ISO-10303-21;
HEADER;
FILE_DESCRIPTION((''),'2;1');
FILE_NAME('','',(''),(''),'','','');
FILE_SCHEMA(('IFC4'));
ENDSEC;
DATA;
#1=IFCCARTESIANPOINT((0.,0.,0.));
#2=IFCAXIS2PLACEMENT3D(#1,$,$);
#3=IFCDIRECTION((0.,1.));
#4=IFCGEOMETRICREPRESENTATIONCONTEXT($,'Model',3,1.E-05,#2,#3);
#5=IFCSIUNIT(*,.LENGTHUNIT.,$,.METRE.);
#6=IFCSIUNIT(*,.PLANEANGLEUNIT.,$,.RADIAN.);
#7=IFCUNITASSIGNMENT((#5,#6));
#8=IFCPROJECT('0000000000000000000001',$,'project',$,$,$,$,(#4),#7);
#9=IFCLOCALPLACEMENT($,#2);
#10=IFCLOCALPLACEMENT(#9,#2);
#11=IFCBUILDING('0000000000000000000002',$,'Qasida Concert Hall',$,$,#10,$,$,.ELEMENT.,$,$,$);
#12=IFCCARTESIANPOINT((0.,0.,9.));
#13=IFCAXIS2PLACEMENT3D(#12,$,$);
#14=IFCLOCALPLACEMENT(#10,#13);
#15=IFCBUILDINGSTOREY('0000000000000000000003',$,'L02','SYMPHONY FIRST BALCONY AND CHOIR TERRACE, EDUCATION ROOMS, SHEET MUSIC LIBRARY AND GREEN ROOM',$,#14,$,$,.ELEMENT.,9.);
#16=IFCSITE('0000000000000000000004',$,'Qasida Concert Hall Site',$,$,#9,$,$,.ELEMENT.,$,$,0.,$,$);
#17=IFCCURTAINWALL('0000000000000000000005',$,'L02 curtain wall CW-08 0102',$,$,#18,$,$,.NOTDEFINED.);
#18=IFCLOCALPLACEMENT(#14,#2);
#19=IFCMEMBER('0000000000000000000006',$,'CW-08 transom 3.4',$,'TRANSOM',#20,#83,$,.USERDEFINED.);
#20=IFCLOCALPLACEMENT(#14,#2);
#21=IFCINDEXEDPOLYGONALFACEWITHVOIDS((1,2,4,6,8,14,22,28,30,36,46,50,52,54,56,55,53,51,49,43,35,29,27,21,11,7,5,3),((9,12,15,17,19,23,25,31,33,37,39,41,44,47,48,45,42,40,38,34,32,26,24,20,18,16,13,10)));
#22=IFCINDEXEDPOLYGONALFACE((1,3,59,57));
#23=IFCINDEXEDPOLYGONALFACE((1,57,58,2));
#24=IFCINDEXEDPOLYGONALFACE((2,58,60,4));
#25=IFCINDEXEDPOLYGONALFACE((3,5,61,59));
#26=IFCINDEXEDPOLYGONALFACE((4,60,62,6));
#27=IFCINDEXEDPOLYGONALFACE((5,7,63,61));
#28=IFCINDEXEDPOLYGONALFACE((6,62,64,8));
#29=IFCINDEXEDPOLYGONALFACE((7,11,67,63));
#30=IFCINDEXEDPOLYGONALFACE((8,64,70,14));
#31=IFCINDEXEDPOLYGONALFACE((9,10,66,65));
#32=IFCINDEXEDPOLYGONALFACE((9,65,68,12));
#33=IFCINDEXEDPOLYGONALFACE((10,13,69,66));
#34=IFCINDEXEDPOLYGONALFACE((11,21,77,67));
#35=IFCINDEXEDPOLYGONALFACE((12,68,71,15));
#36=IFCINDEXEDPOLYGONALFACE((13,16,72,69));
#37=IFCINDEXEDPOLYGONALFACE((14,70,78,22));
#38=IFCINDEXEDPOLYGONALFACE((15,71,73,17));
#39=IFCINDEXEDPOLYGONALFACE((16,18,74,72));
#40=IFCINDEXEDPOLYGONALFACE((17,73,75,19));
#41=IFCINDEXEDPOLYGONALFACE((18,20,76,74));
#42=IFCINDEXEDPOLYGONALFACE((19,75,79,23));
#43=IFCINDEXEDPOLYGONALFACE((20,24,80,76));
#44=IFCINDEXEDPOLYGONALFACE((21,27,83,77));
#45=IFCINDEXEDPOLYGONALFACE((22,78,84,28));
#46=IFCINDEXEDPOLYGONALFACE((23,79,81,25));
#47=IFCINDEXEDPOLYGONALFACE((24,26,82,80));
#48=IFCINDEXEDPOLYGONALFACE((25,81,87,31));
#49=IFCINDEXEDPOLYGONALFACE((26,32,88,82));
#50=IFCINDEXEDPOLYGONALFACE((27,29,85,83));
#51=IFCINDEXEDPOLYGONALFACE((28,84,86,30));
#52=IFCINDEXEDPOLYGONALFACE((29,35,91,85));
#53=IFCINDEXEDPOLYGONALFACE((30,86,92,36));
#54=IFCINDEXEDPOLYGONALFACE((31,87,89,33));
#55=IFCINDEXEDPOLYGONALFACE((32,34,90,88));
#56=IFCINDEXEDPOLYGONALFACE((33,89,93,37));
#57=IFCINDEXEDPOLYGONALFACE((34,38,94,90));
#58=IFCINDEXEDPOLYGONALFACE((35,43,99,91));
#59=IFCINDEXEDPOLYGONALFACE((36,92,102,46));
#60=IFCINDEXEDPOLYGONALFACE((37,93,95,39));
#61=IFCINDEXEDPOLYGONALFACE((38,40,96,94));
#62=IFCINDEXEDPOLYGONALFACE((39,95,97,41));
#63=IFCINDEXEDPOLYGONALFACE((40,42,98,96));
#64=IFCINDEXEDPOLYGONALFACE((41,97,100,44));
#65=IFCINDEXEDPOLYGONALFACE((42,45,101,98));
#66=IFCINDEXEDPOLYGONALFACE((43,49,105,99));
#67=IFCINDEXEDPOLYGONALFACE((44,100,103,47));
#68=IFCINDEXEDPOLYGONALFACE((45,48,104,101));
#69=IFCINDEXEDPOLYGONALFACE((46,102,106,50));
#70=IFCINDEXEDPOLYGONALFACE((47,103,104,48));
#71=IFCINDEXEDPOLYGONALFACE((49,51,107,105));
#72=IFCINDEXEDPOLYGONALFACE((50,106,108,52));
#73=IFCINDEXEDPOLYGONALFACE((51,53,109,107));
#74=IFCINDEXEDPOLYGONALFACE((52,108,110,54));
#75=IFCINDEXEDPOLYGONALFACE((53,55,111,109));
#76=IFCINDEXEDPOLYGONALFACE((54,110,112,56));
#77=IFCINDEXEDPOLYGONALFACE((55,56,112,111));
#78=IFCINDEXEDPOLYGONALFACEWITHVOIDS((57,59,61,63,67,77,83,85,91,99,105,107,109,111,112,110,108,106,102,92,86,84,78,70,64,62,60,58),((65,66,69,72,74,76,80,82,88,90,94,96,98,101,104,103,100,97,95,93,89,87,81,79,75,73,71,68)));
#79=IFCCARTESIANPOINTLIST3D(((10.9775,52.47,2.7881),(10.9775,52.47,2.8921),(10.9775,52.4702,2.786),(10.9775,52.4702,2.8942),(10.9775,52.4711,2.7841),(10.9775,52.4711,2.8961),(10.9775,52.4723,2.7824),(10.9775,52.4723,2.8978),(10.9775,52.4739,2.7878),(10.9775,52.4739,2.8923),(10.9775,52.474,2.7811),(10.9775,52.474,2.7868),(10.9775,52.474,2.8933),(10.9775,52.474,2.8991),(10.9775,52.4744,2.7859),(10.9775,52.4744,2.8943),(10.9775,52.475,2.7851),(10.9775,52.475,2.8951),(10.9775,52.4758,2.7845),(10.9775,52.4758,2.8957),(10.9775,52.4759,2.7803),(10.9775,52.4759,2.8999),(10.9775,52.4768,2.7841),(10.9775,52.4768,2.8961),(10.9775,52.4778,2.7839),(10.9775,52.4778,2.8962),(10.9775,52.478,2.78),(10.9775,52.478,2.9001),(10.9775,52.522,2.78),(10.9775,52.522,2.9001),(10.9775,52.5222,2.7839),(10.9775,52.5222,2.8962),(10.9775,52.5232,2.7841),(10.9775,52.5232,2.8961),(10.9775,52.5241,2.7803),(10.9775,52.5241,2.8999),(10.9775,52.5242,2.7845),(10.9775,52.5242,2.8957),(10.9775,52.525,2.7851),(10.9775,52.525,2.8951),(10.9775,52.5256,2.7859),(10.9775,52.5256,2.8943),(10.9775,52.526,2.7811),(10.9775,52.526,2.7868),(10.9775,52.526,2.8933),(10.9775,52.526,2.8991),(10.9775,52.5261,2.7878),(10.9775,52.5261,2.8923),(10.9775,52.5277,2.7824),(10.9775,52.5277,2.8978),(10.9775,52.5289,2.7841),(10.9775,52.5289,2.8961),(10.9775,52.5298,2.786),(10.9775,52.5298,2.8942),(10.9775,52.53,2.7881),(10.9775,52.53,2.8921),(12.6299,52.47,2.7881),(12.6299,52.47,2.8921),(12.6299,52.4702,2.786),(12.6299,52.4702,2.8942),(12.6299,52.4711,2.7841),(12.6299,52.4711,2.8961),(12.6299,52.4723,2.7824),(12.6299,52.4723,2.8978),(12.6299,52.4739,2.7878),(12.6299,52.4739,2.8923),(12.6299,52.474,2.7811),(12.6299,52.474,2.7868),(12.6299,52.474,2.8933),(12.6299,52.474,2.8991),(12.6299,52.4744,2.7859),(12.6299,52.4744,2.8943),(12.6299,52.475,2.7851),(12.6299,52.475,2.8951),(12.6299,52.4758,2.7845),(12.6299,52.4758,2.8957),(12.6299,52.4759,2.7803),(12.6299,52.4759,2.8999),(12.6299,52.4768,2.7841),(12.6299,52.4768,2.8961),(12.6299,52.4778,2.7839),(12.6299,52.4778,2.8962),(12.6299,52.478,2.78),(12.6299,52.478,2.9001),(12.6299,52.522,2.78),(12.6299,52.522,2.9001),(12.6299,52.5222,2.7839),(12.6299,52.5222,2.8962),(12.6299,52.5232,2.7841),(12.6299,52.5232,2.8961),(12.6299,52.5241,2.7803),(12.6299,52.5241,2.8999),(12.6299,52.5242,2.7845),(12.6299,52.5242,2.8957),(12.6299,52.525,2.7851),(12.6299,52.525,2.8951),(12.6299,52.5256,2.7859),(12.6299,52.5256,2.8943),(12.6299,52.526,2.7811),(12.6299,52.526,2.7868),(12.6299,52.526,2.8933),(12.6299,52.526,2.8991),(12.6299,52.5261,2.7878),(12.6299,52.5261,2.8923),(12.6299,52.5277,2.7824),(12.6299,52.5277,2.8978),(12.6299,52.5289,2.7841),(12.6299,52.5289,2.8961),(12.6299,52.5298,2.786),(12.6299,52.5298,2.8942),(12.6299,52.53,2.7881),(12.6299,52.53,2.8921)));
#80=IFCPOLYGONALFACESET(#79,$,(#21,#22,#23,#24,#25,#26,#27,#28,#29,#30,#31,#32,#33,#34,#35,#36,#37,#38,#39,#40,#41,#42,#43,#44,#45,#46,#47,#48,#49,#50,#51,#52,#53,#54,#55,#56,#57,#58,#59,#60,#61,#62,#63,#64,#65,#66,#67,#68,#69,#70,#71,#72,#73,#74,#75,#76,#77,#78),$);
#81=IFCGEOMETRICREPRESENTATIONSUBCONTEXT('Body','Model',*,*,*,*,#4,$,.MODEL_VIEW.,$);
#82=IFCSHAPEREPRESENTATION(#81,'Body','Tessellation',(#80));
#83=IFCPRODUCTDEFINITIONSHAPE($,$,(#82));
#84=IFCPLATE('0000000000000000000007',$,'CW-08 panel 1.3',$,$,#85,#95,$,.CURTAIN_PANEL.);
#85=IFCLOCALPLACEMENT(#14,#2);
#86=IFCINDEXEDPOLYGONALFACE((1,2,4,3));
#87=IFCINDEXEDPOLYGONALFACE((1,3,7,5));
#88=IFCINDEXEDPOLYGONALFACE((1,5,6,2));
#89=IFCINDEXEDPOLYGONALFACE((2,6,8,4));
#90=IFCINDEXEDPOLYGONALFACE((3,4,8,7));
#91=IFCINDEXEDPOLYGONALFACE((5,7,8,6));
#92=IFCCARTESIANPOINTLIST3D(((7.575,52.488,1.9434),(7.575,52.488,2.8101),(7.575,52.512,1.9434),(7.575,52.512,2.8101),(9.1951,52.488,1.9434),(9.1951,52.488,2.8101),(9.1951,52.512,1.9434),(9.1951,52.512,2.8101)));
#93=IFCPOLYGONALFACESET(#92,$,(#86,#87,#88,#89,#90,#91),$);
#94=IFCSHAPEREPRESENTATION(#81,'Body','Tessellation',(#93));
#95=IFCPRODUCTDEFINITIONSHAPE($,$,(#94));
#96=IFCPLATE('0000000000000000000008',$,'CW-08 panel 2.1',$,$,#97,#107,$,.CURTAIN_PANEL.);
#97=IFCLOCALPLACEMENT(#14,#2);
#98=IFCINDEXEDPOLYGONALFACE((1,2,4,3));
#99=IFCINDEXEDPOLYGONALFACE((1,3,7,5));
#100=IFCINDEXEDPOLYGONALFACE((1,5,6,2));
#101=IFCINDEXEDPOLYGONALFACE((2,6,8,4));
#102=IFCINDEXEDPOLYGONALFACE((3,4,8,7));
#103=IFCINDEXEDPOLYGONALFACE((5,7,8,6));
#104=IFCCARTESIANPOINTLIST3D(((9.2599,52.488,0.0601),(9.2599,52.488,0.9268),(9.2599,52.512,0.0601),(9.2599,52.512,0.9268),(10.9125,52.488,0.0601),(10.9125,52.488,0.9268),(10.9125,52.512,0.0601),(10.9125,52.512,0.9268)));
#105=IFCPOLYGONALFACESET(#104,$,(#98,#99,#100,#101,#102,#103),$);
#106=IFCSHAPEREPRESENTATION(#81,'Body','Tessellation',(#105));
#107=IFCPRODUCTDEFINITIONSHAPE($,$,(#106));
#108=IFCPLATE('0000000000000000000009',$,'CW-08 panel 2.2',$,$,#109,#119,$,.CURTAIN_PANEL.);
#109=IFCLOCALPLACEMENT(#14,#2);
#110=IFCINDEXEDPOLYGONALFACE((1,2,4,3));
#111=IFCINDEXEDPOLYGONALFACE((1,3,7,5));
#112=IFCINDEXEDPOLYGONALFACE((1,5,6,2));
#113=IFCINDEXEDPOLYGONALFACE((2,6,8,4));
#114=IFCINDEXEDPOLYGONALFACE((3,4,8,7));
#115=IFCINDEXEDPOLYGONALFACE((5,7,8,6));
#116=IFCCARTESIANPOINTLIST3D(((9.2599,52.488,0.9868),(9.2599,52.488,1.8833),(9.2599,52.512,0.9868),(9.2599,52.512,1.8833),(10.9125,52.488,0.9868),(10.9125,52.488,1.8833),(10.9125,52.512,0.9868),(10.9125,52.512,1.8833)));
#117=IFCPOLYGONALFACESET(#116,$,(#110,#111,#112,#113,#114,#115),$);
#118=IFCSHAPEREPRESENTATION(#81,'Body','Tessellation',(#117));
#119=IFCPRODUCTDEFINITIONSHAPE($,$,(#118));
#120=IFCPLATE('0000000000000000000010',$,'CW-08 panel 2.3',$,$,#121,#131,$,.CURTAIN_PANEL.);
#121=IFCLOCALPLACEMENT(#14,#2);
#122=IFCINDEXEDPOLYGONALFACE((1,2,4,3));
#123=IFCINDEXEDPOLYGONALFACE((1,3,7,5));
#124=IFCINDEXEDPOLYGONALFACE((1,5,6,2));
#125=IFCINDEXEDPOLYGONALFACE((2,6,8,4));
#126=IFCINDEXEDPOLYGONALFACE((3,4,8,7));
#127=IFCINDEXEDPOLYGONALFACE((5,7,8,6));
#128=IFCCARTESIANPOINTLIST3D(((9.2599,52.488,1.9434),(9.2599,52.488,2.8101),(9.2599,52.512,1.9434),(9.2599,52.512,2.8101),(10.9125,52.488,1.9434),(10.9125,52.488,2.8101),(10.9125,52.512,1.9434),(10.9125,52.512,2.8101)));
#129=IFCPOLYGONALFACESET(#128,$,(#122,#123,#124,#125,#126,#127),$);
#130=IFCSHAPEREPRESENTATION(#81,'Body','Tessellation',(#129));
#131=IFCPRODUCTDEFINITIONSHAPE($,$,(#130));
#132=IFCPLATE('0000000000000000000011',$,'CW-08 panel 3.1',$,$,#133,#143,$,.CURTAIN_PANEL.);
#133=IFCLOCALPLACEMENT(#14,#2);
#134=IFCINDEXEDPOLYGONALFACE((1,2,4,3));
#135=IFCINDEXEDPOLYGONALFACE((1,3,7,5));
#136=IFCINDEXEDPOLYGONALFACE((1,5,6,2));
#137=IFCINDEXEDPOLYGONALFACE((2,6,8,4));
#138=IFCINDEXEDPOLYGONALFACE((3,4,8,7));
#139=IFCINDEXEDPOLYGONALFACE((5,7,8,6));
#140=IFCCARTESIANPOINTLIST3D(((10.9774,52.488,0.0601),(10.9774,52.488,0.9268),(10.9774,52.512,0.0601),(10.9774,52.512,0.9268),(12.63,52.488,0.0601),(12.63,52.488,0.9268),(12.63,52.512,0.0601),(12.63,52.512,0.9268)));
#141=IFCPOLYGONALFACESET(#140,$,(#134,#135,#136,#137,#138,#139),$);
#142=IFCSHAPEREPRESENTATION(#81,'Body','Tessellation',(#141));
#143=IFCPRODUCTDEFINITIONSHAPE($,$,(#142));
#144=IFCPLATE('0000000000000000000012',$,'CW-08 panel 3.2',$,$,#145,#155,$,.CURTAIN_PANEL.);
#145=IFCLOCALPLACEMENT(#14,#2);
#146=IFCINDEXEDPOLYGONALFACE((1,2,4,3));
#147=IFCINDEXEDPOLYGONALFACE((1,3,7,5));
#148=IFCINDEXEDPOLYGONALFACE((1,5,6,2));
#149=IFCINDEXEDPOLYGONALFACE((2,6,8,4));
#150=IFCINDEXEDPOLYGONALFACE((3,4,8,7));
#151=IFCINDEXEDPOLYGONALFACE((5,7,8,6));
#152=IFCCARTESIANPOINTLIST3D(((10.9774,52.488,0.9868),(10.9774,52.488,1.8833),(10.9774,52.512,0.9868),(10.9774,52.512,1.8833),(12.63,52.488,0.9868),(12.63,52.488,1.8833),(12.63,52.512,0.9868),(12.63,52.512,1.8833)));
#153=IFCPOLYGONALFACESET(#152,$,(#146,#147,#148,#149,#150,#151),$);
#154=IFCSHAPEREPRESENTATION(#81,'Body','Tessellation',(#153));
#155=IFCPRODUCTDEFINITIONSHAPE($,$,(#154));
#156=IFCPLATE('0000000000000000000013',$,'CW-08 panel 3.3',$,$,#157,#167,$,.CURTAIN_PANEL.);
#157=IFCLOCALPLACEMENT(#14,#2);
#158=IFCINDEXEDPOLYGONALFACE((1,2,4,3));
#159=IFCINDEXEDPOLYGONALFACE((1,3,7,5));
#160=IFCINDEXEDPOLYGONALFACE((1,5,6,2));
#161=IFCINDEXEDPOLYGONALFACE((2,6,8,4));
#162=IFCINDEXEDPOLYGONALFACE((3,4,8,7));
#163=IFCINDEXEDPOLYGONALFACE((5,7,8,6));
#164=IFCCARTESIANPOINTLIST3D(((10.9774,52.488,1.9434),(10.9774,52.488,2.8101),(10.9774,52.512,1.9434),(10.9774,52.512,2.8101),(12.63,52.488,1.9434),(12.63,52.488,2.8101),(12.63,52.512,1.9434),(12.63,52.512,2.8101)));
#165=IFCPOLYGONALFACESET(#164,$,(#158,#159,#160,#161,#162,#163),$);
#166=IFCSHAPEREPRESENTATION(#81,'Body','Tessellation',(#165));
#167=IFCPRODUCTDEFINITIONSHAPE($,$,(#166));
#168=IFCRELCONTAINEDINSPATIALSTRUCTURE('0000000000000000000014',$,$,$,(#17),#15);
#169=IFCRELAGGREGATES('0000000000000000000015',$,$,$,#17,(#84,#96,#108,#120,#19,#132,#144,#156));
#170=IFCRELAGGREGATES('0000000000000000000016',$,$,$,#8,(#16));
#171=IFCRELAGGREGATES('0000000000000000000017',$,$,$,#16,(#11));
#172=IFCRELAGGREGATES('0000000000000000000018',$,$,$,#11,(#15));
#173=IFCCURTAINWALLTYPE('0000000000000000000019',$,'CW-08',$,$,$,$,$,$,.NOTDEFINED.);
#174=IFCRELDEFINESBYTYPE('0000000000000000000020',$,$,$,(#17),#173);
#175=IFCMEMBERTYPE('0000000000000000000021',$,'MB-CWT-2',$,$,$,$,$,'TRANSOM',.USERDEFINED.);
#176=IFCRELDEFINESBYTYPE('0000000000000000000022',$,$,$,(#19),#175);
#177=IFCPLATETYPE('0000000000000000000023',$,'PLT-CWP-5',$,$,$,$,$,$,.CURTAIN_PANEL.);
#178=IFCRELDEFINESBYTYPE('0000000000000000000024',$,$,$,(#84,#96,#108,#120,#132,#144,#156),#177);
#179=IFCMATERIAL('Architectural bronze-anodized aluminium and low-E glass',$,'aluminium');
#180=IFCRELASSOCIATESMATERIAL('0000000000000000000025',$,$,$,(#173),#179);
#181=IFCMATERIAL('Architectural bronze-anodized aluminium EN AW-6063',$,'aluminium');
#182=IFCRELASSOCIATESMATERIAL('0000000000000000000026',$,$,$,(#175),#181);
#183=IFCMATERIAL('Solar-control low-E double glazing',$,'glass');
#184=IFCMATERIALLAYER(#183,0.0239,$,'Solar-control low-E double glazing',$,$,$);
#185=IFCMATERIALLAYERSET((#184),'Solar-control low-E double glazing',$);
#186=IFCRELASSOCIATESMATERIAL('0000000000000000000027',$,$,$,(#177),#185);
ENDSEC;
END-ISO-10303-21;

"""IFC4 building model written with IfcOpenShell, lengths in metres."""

from ifc_helpers import new_model, si_unit, direction, frame, origin, origin_2d, place, context, subcontext, project, spatial, rectangle, hollow_rectangle, extrude, material, layer, layer_set, material_profile, profile_set, type_object, element, aggregate, save


model = new_model("IFC4")

# Units and contexts
model_context = context("Model", 3, precision=1e-05, world=origin(), true_north=direction((0.0, 1.0)))
body_context = subcontext(model_context, "Body", "Model", "MODEL_VIEW")
ifc_project = project(units=[si_unit("LENGTHUNIT", "METRE"), si_unit("PLANEANGLEUNIT", "RADIAN")], contexts=[model_context])

# Site, building, storey
site_placement = place(None, origin())
site = spatial("IfcSite", under=ifc_project, at=site_placement, Name="Qasida Concert Hall Site", CompositionType="ELEMENT", RefElevation=0.0)
building_placement = place(site_placement, origin())
building = spatial("IfcBuilding", under=site, at=building_placement, Name="Qasida Concert Hall", CompositionType="ELEMENT")
storey_placement = place(building_placement, frame((0.0, 0.0, 9.0)))
storey = spatial("IfcBuildingStorey", under=building, at=storey_placement, Name="L02", Description="SYMPHONY FIRST BALCONY AND CHOIR TERRACE, EDUCATION ROOMS, SHEET MUSIC LIBRARY AND GREEN ROOM", CompositionType="ELEMENT", Elevation=9.0)

# Curtain wall, member, plates
ifc_material_1 = material(Name="Architectural bronze-anodized aluminium and low-E glass", Category="aluminium")
curtain_wall_type = type_object("IfcCurtainWallType", Name="CW-08", PredefinedType="NOTDEFINED", material=ifc_material_1)
curtain_wall_placement = place(storey_placement, origin())
curtain_wall = element("IfcCurtainWall", 1, at=curtain_wall_placement, inside=storey, type_object=curtain_wall_type, Name="L02 curtain wall CW-08 0102", PredefinedType="NOTDEFINED")
ifc_material_2 = material(Name="Architectural bronze-anodized aluminium EN AW-6063", Category="aluminium")
ifc_material_profile_1 = material_profile(ifc_material_2, hollow_rectangle(XDim=0.0601, YDim=0.1201, WallThickness=0.0039, InnerFilletRadius=0.0039, OuterFilletRadius=0.0081, at=origin_2d()), Name="CWT 120x60x4")
ifc_profile_set_1 = profile_set([ifc_material_profile_1], Name="Architectural bronze-anodized aluminium EN AW-6063")
member_type_1 = type_object("IfcMemberType", Name="MB-CWT-2", ElementType="TRANSOM", PredefinedType="USERDEFINED", material=ifc_profile_set_1)
member_1_placement = place(storey_placement, frame((10.9775, 52.5, 2.8401), z_axis=(1.0, 0.0, 0.0), x_axis=(0.0, 1.0, 0.0)))
member_1 = element("IfcMember", 2, at=member_1_placement, type_object=member_type_1, Name="CW-08 transom 3.4", ObjectType="TRANSOM", PredefinedType="USERDEFINED", context=body_context, shape_type="SweptSolid", body=[
    extrude(hollow_rectangle(XDim=0.0601, YDim=0.1201, WallThickness=0.0039, InnerFilletRadius=0.0039, OuterFilletRadius=0.0081, at=origin_2d()), origin(), (0.0, 0.0, 1.0), 1.6523),
])
ifc_material_3 = material(Name="Solar-control low-E double glazing", Category="glass")
ifc_layer_1 = layer(ifc_material_3, 0.0239, Name="Solar-control low-E double glazing")
ifc_layer_set_1 = layer_set([ifc_layer_1], Name="Solar-control low-E double glazing")
plate_type = type_object("IfcPlateType", Name="PLT-CWP-5", PredefinedType="CURTAIN_PANEL", material=ifc_layer_set_1)
plate_1_placement = place(storey_placement, frame((8.385, 52.5, 1.9434), z_axis=(0.0, 0.0, 1.0), x_axis=(1.0, 0.0, 0.0)))
plate_1 = element("IfcPlate", 3, at=plate_1_placement, type_object=plate_type, Name="CW-08 panel 1.3", PredefinedType="CURTAIN_PANEL", context=body_context, shape_type="SweptSolid", body=[
    extrude(rectangle(XDim=1.6201, YDim=0.0239, at=origin_2d()), origin(), (0.0, 0.0, 1.0), 0.8667),
])
plate_2_placement = place(storey_placement, frame((10.0862, 52.5, 0.0601), z_axis=(0.0, 0.0, 1.0), x_axis=(1.0, 0.0, 0.0)))
plate_2 = element("IfcPlate", 4, at=plate_2_placement, type_object=plate_type, Name="CW-08 panel 2.1", PredefinedType="CURTAIN_PANEL", context=body_context, shape_type="SweptSolid", body=[
    extrude(rectangle(XDim=1.6526, YDim=0.0239, at=origin_2d()), origin(), (0.0, 0.0, 1.0), 0.8667),
])
plate_3_placement = place(storey_placement, frame((10.0862, 52.5, 0.9868), z_axis=(0.0, 0.0, 1.0), x_axis=(1.0, 0.0, 0.0)))
plate_3 = element("IfcPlate", 5, at=plate_3_placement, type_object=plate_type, Name="CW-08 panel 2.2", PredefinedType="CURTAIN_PANEL", context=body_context, shape_type="SweptSolid", body=[
    extrude(rectangle(XDim=1.6526, YDim=0.0239, at=origin_2d()), origin(), (0.0, 0.0, 1.0), 0.8965),
])
plate_4_placement = place(storey_placement, frame((10.0862, 52.5, 1.9434), z_axis=(0.0, 0.0, 1.0), x_axis=(1.0, 0.0, 0.0)))
plate_4 = element("IfcPlate", 6, at=plate_4_placement, type_object=plate_type, Name="CW-08 panel 2.3", PredefinedType="CURTAIN_PANEL", context=body_context, shape_type="SweptSolid", body=[
    extrude(rectangle(XDim=1.6526, YDim=0.0239, at=origin_2d()), origin(), (0.0, 0.0, 1.0), 0.8667),
])
plate_5_placement = place(storey_placement, frame((11.8037, 52.5, 0.0601), z_axis=(0.0, 0.0, 1.0), x_axis=(1.0, 0.0, 0.0)))
plate_5 = element("IfcPlate", 7, at=plate_5_placement, type_object=plate_type, Name="CW-08 panel 3.1", PredefinedType="CURTAIN_PANEL", context=body_context, shape_type="SweptSolid", body=[
    extrude(rectangle(XDim=1.6526, YDim=0.0239, at=origin_2d()), origin(), (0.0, 0.0, 1.0), 0.8667),
])
plate_6_placement = place(storey_placement, frame((11.8037, 52.5, 0.9868), z_axis=(0.0, 0.0, 1.0), x_axis=(1.0, 0.0, 0.0)))
plate_6 = element("IfcPlate", 8, at=plate_6_placement, type_object=plate_type, Name="CW-08 panel 3.2", PredefinedType="CURTAIN_PANEL", context=body_context, shape_type="SweptSolid", body=[
    extrude(rectangle(XDim=1.6526, YDim=0.0239, at=origin_2d()), origin(), (0.0, 0.0, 1.0), 0.8965),
])
plate_7_placement = place(storey_placement, frame((11.8037, 52.5, 1.9434), z_axis=(0.0, 0.0, 1.0), x_axis=(1.0, 0.0, 0.0)))
plate_7 = element("IfcPlate", 9, at=plate_7_placement, type_object=plate_type, Name="CW-08 panel 3.3", PredefinedType="CURTAIN_PANEL", context=body_context, shape_type="SweptSolid", body=[
    extrude(rectangle(XDim=1.6526, YDim=0.0239, at=origin_2d()), origin(), (0.0, 0.0, 1.0), 0.8667),
])
aggregate(curtain_wall, [plate_1, plate_2, plate_3, plate_4, member_1, plate_5, plate_6, plate_7])

save(model, "model.ifc")
